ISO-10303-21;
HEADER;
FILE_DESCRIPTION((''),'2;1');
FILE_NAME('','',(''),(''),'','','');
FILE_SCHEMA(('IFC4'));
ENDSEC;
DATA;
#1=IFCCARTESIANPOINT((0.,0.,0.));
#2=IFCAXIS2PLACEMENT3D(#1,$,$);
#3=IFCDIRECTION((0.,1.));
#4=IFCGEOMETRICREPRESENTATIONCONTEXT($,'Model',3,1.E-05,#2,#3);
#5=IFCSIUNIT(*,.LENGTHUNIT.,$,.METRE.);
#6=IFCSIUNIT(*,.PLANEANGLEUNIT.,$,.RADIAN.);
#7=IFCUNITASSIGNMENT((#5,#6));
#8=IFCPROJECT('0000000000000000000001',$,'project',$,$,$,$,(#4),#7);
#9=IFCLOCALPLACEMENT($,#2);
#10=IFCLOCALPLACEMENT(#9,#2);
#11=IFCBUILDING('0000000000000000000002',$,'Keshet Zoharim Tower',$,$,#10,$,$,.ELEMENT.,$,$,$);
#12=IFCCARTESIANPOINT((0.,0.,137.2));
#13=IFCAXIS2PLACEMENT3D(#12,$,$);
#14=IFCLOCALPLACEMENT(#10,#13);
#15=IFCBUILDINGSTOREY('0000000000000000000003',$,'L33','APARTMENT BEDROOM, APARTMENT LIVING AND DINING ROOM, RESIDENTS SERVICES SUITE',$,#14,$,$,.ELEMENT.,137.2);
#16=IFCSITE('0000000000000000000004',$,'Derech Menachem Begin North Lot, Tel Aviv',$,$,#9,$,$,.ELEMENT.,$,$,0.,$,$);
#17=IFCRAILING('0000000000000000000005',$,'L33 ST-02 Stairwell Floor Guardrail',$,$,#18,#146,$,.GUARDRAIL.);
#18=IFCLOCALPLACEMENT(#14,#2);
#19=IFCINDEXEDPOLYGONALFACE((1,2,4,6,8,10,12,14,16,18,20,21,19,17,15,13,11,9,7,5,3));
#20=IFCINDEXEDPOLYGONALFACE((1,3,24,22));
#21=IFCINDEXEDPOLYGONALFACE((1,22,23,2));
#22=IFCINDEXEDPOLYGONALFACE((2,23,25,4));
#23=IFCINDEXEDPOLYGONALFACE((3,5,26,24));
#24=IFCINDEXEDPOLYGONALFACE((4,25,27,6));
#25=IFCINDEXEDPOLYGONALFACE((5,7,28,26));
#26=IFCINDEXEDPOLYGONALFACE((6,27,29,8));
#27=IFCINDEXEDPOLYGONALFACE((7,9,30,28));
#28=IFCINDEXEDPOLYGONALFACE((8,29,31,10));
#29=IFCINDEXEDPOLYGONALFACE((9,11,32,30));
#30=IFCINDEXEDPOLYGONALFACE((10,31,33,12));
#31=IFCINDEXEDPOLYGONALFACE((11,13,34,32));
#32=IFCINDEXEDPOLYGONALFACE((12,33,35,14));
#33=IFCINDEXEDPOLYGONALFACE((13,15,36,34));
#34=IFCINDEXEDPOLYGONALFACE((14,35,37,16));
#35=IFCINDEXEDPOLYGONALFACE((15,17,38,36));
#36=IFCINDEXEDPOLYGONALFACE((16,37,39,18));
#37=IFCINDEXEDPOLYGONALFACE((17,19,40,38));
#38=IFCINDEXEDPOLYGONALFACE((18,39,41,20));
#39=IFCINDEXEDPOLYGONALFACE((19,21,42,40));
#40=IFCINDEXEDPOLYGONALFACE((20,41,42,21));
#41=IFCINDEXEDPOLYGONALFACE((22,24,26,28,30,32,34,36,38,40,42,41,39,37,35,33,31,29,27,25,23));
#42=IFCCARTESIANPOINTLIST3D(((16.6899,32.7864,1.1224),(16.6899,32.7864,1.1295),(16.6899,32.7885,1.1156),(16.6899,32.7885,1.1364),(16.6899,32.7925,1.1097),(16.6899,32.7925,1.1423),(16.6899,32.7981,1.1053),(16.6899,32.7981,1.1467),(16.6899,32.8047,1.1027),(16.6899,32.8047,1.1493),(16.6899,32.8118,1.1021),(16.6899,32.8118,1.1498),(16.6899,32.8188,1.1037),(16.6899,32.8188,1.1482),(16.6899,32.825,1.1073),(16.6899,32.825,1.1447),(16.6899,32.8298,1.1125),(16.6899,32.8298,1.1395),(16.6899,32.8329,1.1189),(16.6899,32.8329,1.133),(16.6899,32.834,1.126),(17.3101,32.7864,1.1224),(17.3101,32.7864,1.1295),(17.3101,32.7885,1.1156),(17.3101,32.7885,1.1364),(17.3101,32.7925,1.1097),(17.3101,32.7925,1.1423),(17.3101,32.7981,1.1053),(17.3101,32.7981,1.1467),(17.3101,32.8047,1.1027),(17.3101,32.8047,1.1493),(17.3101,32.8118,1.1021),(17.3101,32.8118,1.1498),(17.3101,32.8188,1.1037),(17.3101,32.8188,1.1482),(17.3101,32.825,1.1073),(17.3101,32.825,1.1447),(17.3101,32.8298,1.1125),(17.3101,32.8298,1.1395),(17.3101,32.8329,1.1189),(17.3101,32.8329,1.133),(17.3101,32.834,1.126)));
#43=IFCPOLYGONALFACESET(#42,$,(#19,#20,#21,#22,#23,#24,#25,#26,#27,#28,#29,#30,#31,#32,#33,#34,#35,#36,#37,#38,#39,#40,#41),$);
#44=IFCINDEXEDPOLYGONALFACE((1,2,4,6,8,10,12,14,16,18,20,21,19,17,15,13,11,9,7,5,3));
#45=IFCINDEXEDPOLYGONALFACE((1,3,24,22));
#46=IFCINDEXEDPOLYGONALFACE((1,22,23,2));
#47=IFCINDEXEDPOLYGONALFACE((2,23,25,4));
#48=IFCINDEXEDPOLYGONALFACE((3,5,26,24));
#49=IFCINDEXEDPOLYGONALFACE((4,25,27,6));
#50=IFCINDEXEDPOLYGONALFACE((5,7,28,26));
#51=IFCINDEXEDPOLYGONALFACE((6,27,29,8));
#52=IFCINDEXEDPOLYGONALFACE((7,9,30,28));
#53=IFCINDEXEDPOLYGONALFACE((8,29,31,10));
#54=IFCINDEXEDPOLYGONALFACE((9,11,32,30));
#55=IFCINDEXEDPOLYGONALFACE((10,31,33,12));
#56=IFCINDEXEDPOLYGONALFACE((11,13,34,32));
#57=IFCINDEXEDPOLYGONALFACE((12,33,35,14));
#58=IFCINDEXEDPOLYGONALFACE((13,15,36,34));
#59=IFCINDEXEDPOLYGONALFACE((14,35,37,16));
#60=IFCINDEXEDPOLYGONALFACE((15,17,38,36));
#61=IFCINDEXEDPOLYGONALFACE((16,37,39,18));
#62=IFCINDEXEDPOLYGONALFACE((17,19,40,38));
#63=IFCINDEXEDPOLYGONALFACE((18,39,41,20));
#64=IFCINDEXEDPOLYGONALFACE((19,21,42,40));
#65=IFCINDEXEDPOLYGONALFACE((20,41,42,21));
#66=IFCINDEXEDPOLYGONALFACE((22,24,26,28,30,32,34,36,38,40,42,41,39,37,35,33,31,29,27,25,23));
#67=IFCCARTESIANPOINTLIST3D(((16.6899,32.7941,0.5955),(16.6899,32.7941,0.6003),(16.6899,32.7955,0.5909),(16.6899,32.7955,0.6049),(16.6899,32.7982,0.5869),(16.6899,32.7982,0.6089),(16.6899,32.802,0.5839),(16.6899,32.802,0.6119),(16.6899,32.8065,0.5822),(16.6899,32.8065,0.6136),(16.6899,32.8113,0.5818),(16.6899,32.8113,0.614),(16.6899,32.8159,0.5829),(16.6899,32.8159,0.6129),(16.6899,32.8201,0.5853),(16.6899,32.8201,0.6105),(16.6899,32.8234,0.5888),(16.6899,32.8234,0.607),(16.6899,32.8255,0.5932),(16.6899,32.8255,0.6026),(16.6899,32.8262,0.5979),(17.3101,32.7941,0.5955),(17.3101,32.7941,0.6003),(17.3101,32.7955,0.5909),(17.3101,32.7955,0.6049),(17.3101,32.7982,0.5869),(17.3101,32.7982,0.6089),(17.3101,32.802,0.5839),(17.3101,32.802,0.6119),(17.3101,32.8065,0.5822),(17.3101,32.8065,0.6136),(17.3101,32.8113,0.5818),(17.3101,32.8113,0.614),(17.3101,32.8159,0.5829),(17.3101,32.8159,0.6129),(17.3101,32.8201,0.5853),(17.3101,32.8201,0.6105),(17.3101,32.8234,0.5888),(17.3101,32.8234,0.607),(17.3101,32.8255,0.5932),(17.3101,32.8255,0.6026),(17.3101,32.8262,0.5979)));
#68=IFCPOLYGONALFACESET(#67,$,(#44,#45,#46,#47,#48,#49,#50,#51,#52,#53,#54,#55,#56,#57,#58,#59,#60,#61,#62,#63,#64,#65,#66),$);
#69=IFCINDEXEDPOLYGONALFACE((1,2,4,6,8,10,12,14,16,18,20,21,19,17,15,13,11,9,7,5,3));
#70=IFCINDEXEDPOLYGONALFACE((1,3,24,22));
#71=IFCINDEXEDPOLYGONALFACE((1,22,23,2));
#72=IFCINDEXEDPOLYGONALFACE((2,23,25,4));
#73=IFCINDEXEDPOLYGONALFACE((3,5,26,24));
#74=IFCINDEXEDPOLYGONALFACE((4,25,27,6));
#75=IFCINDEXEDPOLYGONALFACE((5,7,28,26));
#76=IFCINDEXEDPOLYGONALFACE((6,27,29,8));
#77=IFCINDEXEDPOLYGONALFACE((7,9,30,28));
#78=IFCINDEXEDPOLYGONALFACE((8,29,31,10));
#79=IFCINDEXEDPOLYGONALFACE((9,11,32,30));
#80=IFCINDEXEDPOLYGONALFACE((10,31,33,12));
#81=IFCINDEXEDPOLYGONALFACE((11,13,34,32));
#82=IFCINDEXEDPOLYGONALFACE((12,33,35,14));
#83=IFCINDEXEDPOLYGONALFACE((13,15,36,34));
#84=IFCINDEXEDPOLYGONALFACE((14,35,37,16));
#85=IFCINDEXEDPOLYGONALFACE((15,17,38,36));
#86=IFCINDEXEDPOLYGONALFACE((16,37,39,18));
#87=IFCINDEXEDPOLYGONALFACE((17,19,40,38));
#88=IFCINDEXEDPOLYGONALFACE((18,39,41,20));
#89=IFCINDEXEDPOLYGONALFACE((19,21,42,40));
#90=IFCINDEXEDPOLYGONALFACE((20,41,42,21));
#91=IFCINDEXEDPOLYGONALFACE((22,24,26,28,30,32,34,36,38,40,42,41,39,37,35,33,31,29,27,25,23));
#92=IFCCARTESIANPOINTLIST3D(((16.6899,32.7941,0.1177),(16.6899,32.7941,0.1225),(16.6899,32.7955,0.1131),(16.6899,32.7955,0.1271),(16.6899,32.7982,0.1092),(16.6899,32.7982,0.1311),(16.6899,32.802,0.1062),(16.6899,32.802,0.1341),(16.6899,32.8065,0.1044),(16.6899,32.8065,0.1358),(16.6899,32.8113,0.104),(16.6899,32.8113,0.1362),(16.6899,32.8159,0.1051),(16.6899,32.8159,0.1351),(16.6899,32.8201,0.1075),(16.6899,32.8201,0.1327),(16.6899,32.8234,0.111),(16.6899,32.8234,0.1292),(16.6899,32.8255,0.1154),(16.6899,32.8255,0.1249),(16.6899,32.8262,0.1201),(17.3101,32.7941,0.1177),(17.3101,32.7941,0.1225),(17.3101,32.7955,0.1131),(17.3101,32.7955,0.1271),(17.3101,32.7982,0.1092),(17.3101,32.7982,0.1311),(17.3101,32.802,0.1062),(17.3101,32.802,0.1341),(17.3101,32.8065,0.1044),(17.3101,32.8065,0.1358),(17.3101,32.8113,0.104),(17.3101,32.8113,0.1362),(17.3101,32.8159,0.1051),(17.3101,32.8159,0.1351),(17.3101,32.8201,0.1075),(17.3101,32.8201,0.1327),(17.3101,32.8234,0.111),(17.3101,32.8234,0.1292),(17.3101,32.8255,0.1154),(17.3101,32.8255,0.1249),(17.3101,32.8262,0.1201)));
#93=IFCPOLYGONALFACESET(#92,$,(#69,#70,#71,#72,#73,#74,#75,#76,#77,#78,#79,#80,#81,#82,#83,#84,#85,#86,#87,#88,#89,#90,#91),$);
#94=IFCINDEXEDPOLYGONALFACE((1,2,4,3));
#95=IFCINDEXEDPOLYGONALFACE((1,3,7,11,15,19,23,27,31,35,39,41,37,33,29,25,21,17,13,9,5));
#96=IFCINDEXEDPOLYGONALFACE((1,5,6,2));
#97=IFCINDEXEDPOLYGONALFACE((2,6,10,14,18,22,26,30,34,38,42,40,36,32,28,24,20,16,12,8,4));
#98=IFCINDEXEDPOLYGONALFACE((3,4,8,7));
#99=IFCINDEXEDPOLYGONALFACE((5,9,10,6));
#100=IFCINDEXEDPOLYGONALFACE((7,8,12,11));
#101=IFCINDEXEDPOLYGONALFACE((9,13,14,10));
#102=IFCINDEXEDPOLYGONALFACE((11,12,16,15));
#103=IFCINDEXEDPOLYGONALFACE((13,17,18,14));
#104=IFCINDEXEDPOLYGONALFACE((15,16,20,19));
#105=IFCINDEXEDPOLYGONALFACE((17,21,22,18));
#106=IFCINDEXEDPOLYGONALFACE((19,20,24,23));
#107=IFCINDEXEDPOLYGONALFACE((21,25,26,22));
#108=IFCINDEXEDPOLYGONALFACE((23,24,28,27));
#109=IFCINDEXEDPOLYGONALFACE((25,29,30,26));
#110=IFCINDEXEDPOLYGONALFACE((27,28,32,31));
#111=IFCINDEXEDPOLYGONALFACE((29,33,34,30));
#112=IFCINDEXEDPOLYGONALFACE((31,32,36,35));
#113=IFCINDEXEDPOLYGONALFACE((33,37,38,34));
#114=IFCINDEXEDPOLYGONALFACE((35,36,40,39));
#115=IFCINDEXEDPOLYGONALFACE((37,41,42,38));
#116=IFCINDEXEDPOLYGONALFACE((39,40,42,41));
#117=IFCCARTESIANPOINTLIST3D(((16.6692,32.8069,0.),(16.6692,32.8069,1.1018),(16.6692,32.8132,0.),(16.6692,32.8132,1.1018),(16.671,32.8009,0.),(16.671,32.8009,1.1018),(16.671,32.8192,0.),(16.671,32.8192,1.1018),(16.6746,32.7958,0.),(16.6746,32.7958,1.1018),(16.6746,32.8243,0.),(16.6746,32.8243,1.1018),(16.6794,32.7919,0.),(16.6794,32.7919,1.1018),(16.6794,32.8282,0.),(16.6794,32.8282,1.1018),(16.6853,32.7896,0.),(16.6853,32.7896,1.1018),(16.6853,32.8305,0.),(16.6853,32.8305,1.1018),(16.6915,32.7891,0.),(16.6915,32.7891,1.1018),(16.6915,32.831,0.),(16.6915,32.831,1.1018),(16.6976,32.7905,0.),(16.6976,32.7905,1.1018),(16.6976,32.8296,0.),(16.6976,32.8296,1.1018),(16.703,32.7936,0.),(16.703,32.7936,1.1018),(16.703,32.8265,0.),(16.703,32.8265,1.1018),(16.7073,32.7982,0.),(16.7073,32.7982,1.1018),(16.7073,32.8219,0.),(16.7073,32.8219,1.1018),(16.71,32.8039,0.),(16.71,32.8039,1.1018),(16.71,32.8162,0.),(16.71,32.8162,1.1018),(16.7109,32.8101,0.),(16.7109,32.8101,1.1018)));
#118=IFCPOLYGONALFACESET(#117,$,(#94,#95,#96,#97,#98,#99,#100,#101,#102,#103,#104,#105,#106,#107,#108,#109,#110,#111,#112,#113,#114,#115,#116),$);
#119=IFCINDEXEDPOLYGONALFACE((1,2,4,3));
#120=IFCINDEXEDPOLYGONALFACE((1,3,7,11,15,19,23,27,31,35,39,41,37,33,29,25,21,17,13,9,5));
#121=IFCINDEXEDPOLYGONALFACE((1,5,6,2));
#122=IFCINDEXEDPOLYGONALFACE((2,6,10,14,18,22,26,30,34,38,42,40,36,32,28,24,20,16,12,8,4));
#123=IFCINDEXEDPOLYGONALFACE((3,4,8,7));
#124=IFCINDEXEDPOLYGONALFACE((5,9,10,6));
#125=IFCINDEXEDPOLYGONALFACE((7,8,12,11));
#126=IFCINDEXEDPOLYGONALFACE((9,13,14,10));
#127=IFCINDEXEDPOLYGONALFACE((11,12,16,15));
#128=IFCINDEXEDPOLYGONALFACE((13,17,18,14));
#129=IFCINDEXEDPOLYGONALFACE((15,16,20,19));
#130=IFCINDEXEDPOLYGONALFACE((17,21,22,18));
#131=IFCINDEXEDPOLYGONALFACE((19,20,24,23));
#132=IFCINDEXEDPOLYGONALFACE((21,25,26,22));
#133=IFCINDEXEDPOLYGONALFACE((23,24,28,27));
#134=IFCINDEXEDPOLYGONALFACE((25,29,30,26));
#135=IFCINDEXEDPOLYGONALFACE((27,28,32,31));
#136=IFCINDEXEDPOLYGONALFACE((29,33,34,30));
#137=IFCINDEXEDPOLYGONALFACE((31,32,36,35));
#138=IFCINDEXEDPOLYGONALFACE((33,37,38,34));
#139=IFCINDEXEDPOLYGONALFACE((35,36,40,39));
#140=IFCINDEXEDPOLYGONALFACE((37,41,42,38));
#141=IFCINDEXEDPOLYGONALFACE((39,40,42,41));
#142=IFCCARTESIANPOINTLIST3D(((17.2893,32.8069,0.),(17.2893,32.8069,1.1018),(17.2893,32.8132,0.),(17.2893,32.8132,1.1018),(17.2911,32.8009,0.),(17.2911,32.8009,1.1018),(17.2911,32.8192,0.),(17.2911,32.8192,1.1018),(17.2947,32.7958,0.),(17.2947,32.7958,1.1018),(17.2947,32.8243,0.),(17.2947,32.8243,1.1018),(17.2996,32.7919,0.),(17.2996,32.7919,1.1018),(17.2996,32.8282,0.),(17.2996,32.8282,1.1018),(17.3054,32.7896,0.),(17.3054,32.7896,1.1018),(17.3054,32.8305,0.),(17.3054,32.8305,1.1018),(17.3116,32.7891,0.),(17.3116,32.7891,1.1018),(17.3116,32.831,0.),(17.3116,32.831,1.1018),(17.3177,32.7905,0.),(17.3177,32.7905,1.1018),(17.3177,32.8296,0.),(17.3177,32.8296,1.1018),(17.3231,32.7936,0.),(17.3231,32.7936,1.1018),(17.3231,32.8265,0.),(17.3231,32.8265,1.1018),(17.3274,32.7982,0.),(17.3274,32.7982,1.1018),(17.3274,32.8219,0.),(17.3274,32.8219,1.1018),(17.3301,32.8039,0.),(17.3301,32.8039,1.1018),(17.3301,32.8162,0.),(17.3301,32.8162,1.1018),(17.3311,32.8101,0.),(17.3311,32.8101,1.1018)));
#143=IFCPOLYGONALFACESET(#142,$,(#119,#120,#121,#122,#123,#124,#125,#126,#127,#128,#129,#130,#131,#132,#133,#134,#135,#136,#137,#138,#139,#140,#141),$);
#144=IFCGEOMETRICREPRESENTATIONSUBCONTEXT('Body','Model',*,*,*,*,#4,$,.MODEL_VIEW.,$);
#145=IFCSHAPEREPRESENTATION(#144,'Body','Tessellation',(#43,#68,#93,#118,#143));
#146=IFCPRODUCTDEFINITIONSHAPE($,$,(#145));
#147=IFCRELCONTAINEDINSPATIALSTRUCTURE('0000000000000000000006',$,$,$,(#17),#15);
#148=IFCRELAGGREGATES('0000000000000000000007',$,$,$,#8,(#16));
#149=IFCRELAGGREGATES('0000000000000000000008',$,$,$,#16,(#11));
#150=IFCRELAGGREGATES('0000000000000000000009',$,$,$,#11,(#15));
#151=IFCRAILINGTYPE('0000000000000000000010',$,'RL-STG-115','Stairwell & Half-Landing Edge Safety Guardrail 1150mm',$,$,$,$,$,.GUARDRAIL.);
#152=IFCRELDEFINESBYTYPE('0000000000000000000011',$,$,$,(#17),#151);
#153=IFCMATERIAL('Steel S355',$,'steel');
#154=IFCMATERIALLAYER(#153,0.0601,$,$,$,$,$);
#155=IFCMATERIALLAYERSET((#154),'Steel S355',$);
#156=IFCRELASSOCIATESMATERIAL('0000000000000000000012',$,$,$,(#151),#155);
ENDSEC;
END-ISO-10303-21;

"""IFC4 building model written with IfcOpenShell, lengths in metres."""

from ifc_helpers import new_model, si_unit, direction, frame, origin, origin_2d, place, context, subcontext, project, spatial, circle, extrude, material, layer, layer_set, type_object, element, save


model = new_model("IFC4")

# Units and contexts
model_context = context("Model", 3, precision=1e-05, world=origin(), true_north=direction((0.0, 1.0)))
body_context = subcontext(model_context, "Body", "Model", "MODEL_VIEW")
ifc_project = project(units=[si_unit("LENGTHUNIT", "METRE"), si_unit("PLANEANGLEUNIT", "RADIAN")], contexts=[model_context])

# Site, building, storey
site_placement = place(None, origin())
site = spatial("IfcSite", under=ifc_project, at=site_placement, Name="Derech Menachem Begin North Lot, Tel Aviv", CompositionType="ELEMENT", RefElevation=0.0)
building_placement = place(site_placement, origin())
building = spatial("IfcBuilding", under=site, at=building_placement, Name="Keshet Zoharim Tower", CompositionType="ELEMENT")
storey_placement = place(building_placement, frame((0.0, 0.0, 137.2)))
storey = spatial("IfcBuildingStorey", under=building, at=storey_placement, Name="L33", Description="APARTMENT BEDROOM, APARTMENT LIVING AND DINING ROOM, RESIDENTS SERVICES SUITE", CompositionType="ELEMENT", Elevation=137.2)

# Shared definitions
ifc_material_1 = material(Name="Steel S355", Category="steel")

# Railing
ifc_layer_1 = layer(ifc_material_1, 0.0601)
ifc_layer_set_1 = layer_set([ifc_layer_1], Name="Steel S355")
railing_type_1 = type_object("IfcRailingType", Name="RL-STG-115", Description="Stairwell & Half-Landing Edge Safety Guardrail 1150mm", PredefinedType="GUARDRAIL", material=ifc_layer_set_1)
railing_1_placement = place(storey_placement, frame((16.6899, 32.8101, 0.0)))
element("IfcRailing", 1, at=railing_1_placement, inside=storey, type_object=railing_type_1, Name="L33 ST-02 Stairwell Floor Guardrail", PredefinedType="GUARDRAIL", context=body_context, shape_type="SweptSolid", body=[
    extrude(circle(Radius=0.0239, at=origin_2d()), frame((0.0, 0.0, 1.126), z_axis=(1.0, 0.0, 0.0), x_axis=(0.0, 1.0, 0.0)), (0.0, 0.0, 1.0), 0.6201),
    extrude(circle(Radius=0.0161, at=origin_2d()), frame((0.0, 0.0, 0.5979), z_axis=(1.0, 0.0, 0.0), x_axis=(0.0, 1.0, 0.0)), (0.0, 0.0, 1.0), 0.6201),
    extrude(circle(Radius=0.0161, at=origin_2d()), frame((0.0, 0.0, 0.1201), z_axis=(1.0, 0.0, 0.0), x_axis=(0.0, 1.0, 0.0)), (0.0, 0.0, 1.0), 0.6201),
    extrude(circle(Radius=0.021, at=origin_2d()), origin(), (0.0, 0.0, 1.0), 1.1018),
    extrude(circle(Radius=0.021, at=origin_2d()), frame((0.6201, 0.0, 0.0)), (0.0, 0.0, 1.0), 1.1018),
])

save(model, "model.ifc")
